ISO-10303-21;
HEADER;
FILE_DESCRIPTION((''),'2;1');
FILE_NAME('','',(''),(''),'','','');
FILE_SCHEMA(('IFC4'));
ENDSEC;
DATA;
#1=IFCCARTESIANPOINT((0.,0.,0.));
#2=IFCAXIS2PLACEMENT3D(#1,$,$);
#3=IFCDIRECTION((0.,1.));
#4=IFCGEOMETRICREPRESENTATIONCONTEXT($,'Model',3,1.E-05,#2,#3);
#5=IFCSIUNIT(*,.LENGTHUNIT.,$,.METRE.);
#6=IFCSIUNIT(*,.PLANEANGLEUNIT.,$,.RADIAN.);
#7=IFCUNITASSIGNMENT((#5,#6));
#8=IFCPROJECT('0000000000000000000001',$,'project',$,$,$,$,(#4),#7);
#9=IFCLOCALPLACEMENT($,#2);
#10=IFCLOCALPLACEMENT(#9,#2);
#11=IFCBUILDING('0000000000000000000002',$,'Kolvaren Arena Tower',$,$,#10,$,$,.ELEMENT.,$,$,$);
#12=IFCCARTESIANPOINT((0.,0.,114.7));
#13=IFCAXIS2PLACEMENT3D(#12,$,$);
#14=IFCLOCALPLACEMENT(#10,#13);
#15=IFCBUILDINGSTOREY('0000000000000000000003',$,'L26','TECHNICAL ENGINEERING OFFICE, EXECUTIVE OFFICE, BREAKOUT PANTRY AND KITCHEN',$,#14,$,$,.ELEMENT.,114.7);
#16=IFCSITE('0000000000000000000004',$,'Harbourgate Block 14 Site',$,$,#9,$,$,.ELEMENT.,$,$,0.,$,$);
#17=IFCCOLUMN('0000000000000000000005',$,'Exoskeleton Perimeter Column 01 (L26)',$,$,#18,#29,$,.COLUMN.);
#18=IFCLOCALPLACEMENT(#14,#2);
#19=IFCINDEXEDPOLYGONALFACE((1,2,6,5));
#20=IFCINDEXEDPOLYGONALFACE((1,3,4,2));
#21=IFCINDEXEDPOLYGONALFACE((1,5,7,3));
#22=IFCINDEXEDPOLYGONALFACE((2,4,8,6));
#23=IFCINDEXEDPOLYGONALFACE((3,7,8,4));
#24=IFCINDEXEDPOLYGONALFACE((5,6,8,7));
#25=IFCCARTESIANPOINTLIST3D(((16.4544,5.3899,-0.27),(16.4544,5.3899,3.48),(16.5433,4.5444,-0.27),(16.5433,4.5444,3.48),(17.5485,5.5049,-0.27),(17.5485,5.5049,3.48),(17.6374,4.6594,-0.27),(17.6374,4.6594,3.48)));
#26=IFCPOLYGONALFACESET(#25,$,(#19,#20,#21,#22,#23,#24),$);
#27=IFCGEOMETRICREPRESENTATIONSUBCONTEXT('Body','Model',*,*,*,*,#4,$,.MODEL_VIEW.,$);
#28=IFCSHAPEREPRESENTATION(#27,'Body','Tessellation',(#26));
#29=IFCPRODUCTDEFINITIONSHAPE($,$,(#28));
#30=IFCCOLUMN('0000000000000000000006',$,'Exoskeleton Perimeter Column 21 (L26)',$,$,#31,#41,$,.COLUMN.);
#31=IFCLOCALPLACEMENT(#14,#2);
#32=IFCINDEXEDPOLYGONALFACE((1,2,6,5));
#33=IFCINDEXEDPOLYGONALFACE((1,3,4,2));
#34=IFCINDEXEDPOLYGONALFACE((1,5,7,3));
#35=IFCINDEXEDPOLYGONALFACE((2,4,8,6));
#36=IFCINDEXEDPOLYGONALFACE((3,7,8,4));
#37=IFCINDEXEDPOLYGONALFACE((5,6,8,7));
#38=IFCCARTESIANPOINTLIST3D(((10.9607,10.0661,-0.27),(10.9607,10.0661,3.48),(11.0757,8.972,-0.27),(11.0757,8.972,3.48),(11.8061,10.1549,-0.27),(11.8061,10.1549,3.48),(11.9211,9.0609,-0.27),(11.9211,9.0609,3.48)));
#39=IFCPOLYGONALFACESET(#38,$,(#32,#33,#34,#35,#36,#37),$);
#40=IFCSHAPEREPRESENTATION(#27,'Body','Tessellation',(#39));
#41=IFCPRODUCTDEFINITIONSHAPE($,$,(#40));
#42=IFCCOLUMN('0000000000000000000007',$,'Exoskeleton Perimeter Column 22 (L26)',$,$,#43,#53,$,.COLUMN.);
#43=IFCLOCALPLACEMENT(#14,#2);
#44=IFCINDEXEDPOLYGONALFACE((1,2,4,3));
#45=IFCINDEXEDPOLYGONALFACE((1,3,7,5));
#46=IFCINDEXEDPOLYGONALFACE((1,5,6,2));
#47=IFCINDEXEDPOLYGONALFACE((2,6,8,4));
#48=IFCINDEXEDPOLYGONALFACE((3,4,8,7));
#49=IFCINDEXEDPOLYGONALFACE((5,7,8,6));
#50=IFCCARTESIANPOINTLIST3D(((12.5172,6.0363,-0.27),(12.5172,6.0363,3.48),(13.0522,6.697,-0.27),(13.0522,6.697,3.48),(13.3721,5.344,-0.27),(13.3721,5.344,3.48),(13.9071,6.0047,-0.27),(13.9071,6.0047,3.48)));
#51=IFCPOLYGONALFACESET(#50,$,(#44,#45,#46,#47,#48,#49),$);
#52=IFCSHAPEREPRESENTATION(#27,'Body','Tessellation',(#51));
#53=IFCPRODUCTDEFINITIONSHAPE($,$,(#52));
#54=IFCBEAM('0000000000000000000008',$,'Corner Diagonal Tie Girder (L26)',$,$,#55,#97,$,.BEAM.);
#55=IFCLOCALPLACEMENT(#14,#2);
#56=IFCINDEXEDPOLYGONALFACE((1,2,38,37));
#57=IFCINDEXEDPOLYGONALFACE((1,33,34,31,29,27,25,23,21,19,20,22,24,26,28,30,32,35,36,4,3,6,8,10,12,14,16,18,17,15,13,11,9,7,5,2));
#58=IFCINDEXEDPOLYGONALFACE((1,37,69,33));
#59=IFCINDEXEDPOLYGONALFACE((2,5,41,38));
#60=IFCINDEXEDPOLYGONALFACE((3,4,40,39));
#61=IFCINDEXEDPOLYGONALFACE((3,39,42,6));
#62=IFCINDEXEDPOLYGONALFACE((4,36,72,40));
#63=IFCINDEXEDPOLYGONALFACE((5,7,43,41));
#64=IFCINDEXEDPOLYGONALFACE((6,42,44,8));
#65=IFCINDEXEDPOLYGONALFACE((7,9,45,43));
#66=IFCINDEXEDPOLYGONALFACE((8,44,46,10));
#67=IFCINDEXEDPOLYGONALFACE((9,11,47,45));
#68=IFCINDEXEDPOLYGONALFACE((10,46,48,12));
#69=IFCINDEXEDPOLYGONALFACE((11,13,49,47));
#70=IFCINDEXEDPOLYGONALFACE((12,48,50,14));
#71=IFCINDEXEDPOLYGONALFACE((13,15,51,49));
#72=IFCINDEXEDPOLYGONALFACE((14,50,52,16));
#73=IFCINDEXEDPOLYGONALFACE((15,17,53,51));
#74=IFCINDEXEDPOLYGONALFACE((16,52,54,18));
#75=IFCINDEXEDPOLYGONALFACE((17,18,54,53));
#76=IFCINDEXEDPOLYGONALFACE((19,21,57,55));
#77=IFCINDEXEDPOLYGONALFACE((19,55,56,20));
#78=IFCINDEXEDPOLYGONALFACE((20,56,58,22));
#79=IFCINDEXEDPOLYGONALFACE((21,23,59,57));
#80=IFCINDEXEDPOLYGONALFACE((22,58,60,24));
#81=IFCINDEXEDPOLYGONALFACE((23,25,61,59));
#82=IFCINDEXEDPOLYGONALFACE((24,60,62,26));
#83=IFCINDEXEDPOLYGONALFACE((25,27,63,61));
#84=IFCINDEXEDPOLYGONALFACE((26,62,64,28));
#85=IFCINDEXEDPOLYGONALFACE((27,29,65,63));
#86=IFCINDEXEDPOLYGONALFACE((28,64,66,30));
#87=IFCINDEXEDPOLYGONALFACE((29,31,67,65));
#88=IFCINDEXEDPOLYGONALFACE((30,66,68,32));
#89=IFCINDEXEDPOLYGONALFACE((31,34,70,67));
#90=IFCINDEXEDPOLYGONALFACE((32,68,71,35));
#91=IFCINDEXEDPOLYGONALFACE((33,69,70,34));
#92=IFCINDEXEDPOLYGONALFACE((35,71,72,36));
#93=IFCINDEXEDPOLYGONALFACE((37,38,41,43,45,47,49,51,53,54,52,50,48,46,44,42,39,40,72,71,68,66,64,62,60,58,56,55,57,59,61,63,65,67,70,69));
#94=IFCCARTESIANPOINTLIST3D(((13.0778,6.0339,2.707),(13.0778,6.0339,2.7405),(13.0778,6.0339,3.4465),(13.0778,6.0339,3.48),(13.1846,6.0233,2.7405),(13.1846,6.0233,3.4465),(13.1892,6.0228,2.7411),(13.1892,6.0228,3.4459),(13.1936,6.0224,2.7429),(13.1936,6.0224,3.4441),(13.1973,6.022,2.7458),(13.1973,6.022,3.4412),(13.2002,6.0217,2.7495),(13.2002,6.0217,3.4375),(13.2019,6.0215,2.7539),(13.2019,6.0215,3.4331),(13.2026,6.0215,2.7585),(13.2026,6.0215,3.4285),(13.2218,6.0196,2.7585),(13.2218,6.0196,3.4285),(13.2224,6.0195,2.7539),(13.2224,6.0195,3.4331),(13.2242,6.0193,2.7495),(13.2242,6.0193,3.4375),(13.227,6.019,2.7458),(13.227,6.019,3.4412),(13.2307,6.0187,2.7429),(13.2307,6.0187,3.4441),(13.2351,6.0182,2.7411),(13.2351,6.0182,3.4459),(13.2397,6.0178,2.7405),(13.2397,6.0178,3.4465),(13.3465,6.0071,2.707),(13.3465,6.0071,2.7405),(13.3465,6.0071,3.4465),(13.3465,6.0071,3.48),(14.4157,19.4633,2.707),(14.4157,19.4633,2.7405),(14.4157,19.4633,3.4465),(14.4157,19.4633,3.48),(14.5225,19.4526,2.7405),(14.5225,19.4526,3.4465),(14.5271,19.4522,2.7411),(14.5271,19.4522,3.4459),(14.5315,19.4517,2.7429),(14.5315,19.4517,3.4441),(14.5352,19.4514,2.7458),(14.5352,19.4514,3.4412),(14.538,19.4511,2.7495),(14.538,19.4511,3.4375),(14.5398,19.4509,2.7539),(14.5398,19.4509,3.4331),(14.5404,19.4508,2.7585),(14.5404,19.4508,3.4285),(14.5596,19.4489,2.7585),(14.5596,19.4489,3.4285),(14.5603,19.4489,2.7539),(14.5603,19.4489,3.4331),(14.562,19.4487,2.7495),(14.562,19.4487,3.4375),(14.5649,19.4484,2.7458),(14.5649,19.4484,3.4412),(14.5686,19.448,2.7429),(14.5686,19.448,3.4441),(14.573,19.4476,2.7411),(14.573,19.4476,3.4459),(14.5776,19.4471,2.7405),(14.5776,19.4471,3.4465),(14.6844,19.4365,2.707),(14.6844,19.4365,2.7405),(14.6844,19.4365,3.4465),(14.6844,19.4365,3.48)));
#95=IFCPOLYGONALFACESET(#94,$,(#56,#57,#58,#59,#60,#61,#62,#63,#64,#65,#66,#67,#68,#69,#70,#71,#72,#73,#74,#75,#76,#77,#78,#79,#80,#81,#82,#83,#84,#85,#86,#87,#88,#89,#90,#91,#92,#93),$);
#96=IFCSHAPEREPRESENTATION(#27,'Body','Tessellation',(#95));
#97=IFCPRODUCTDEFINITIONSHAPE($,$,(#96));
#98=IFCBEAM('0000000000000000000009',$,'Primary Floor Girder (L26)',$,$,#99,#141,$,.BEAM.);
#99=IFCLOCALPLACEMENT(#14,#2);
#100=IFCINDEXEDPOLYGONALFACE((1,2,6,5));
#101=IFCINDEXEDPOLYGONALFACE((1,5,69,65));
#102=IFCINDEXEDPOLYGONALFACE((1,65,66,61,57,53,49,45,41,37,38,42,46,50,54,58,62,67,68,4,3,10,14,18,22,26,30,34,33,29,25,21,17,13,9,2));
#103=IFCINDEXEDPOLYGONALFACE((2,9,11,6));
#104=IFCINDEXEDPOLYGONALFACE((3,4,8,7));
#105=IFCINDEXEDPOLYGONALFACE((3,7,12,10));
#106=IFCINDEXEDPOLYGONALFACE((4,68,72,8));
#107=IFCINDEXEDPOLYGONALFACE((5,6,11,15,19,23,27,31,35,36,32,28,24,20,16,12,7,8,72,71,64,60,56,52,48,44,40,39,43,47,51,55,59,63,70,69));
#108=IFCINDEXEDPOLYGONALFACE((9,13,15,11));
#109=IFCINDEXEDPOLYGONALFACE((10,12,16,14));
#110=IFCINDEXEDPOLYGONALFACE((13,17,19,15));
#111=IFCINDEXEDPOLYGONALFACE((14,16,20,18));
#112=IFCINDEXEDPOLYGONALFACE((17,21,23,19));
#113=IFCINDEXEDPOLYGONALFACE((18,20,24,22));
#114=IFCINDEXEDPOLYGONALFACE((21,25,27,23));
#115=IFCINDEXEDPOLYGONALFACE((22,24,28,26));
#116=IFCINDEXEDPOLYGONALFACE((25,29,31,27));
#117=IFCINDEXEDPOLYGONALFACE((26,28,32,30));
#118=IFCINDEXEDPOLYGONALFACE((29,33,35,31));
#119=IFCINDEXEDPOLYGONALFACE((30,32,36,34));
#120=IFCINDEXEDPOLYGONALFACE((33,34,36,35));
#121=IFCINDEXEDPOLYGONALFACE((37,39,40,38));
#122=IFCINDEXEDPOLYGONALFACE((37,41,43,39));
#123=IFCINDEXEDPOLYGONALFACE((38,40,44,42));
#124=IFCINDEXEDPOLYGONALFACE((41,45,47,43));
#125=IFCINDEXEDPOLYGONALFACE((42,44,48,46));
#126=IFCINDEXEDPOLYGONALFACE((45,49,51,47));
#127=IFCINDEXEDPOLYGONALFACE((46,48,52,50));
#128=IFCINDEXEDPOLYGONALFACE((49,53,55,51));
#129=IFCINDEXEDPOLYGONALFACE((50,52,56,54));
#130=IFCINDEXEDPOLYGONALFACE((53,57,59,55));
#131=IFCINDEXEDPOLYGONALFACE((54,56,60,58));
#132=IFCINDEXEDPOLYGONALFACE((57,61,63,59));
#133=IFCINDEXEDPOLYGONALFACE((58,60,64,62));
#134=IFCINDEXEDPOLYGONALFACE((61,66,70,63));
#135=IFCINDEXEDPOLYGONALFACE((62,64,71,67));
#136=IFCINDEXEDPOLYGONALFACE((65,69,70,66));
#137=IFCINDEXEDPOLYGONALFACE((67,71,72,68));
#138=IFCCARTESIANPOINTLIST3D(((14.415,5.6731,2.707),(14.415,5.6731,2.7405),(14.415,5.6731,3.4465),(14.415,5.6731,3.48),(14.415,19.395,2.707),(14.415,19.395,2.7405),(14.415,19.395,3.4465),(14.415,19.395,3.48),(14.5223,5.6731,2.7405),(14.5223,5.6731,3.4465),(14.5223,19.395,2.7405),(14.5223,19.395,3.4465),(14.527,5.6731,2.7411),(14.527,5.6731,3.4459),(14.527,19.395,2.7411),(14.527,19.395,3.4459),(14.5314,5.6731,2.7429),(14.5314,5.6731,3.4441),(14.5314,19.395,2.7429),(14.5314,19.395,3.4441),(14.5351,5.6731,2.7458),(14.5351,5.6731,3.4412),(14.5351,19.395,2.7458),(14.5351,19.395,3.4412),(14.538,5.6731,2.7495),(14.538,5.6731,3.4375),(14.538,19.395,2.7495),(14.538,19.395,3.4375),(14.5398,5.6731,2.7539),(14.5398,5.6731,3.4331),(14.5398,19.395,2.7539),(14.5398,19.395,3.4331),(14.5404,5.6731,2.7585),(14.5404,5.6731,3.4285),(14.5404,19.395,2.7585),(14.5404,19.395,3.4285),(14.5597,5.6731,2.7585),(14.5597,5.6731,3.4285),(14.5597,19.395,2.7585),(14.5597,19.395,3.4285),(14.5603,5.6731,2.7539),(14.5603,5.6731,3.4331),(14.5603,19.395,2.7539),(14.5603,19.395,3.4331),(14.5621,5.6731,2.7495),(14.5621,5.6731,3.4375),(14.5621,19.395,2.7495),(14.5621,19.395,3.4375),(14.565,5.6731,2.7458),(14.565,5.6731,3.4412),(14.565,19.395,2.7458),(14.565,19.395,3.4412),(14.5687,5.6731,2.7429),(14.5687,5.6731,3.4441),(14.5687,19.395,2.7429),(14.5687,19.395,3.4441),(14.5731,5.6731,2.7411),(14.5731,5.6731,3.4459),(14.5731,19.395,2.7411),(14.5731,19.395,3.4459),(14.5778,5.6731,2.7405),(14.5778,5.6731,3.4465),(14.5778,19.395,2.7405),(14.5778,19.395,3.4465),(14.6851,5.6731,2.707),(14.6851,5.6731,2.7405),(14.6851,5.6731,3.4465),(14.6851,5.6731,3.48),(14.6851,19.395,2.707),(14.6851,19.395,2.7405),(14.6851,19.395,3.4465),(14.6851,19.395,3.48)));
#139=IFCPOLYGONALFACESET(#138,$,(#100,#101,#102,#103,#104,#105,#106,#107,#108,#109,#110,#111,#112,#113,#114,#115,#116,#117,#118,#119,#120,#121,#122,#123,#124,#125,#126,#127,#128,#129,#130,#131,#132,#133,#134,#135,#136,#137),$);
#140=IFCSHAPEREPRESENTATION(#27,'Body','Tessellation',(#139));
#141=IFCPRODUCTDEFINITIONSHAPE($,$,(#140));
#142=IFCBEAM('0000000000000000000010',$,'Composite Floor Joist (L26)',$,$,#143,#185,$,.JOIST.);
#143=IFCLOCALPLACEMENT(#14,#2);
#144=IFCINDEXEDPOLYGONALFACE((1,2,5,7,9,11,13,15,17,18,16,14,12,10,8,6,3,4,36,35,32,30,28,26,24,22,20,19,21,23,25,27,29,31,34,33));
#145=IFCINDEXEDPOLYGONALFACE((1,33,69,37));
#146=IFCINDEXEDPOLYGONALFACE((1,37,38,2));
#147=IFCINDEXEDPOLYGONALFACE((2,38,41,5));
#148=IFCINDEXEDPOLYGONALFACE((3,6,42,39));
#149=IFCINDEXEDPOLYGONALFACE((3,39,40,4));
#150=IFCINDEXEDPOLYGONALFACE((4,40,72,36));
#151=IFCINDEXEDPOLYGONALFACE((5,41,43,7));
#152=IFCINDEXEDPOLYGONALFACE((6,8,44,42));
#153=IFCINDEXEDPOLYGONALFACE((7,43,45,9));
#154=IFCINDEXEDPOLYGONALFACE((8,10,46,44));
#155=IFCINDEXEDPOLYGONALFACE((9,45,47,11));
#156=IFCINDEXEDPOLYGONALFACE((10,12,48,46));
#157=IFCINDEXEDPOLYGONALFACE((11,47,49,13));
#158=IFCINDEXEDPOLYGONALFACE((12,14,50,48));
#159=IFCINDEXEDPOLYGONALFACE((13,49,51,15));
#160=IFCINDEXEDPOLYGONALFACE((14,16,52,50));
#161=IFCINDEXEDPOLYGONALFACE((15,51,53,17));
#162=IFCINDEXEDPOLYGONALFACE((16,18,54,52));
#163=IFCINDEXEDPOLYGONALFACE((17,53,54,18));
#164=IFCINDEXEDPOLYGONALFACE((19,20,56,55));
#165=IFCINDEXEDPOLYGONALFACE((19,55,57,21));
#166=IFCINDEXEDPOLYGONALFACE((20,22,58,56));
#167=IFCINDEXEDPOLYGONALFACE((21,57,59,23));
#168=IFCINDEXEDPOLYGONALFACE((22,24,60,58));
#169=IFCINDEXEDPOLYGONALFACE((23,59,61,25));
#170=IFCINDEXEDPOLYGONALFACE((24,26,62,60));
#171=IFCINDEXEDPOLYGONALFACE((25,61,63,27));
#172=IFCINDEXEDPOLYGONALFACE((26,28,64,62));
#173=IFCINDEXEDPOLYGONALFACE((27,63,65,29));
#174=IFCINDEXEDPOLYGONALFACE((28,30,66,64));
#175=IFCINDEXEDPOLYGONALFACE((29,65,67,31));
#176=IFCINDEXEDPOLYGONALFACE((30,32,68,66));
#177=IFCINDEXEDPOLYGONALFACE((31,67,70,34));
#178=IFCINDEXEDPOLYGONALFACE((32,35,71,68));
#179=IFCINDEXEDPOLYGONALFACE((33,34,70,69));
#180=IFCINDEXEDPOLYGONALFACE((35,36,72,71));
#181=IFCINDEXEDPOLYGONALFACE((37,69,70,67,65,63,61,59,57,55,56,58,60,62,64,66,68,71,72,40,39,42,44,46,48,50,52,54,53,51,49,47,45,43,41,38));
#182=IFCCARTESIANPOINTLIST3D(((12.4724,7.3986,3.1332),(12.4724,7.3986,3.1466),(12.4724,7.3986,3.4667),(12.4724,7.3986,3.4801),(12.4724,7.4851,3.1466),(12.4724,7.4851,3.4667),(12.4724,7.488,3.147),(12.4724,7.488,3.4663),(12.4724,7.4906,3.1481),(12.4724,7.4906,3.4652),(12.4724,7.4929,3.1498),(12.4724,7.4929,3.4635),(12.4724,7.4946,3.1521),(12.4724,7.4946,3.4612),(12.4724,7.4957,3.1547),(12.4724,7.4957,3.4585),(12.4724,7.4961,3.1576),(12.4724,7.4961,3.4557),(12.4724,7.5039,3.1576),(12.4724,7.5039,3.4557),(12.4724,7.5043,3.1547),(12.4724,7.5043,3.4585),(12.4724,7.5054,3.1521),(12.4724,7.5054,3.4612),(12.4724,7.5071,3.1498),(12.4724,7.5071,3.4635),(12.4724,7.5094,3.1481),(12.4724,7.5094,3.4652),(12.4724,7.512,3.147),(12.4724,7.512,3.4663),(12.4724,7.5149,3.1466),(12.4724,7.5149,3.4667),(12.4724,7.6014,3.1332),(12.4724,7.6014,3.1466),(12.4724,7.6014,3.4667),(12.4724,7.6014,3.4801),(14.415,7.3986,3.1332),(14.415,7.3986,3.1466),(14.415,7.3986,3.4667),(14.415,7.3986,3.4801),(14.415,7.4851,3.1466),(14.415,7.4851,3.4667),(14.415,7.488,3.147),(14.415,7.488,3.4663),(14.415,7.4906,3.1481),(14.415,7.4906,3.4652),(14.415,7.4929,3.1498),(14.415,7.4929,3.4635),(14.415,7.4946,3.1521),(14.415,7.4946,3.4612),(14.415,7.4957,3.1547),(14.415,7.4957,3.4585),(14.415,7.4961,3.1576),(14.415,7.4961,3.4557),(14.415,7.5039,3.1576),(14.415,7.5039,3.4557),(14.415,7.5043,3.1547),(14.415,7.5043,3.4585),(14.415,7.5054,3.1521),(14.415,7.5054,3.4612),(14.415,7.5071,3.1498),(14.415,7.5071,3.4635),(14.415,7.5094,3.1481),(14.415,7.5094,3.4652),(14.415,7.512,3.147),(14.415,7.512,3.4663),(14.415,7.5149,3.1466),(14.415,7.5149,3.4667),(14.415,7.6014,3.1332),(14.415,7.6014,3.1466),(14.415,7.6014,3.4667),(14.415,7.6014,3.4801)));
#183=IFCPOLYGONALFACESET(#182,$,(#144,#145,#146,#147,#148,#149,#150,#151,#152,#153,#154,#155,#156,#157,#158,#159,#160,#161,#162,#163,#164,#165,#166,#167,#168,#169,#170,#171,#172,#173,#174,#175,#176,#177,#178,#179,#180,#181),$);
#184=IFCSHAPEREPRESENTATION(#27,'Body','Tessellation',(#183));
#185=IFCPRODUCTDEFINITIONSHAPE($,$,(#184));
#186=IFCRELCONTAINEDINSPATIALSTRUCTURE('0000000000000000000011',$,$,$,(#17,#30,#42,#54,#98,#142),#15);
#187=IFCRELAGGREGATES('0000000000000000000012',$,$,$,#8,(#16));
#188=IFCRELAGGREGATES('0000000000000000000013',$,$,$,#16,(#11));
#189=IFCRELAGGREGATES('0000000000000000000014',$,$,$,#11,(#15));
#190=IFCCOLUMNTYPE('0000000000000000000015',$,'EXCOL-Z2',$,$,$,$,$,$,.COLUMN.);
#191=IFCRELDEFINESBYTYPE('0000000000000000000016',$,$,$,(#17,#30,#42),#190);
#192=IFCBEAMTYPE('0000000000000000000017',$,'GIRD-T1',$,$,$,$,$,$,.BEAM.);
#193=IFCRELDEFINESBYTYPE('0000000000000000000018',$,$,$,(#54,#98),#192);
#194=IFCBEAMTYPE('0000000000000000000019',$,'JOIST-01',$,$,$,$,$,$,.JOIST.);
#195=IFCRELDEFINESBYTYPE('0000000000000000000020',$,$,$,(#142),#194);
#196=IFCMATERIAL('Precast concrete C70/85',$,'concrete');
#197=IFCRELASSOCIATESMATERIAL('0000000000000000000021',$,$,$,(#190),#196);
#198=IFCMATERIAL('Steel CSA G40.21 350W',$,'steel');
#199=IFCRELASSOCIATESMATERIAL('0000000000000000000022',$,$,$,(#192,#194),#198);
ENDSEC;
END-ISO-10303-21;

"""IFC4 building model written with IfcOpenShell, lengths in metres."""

from ifc_helpers import new_model, si_unit, direction, frame, origin, origin_2d, place, context, subcontext, project, spatial, rectangle, i_section, extrude, material, material_profile, profile_set, type_object, element, save


model = new_model("IFC4")

# Units and contexts
model_context = context("Model", 3, precision=1e-05, world=origin(), true_north=direction((0.0, 1.0)))
body_context = subcontext(model_context, "Body", "Model", "MODEL_VIEW")
ifc_project = project(units=[si_unit("LENGTHUNIT", "METRE"), si_unit("PLANEANGLEUNIT", "RADIAN")], contexts=[model_context])

# Site, building, storey
site_placement = place(None, origin())
site = spatial("IfcSite", under=ifc_project, at=site_placement, Name="Harbourgate Block 14 Site", CompositionType="ELEMENT", RefElevation=0.0)
building_placement = place(site_placement, origin())
building = spatial("IfcBuilding", under=site, at=building_placement, Name="Kolvaren Arena Tower", CompositionType="ELEMENT")
storey_placement = place(building_placement, frame((0.0, 0.0, 114.7)))
storey = spatial("IfcBuildingStorey", under=building, at=storey_placement, Name="L26", Description="TECHNICAL ENGINEERING OFFICE, EXECUTIVE OFFICE, BREAKOUT PANTRY AND KITCHEN", CompositionType="ELEMENT", Elevation=114.7)

# Columns
ifc_material_1 = material(Name="Precast concrete C70/85", Category="concrete")
ifc_material_profile_1 = material_profile(ifc_material_1, rectangle(XDim=1.1001, YDim=0.8501, at=origin_2d()), Name="RC-1100x850")
ifc_profile_set_1 = profile_set([ifc_material_profile_1], Name="Precast concrete C70/85")
column_type = type_object("IfcColumnType", Name="EXCOL-Z2", PredefinedType="COLUMN", material=ifc_profile_set_1)
for number, where, z_axis, x_axis, name in (
    (1, (17.0459, 5.0247, -0.27), (0.0, 0.0, 1.0), (0.994522, 0.104528, 0.0), "Exoskeleton Perimeter Column 01 (L26)"),
    (2, (11.4409, 9.5635, -0.27), (0.0, 0.0, 1.0), (-0.104528, 0.994522, 0.0), "Exoskeleton Perimeter Column 21 (L26)"),
    (3, (13.2122, 6.0205, -0.27), (0.0, 0.0, 1.0), (-0.777146, 0.62932, 0.0), "Exoskeleton Perimeter Column 22 (L26)"),
):
    element("IfcColumn", number, at=place(storey_placement, frame(where, z_axis=z_axis, x_axis=x_axis)), inside=storey, type_object=column_type, Name=name, PredefinedType="COLUMN", context=body_context, shape_type="SweptSolid", body=[
        extrude(rectangle(XDim=1.1001, YDim=0.8501, at=origin_2d()), origin(), (0.0, 0.0, 1.0), 3.75),
    ])

# Beams
ifc_material_2 = material(Name="Steel CSA G40.21 350W", Category="steel")
ifc_material_profile_2 = material_profile(ifc_material_2, i_section(OverallWidth=0.27, OverallDepth=0.7729, WebThickness=0.0193, FlangeThickness=0.0334, FilletRadius=0.0181, at=origin_2d()), Name="W760x257")
ifc_profile_set_2 = profile_set([ifc_material_profile_2], Name="Steel CSA G40.21 350W")
beam_type_1 = type_object("IfcBeamType", Name="GIRD-T1", PredefinedType="BEAM", material=ifc_profile_set_2)
beam_1_placement = place(storey_placement, frame((13.2122, 6.0205, 3.0935), z_axis=(0.099133, 0.995074, 0.0), x_axis=(-0.995074, 0.099133, 0.0)))
element("IfcBeam", 4, at=beam_1_placement, inside=storey, type_object=beam_type_1, Name="Corner Diagonal Tie Girder (L26)", PredefinedType="BEAM", context=body_context, shape_type="SweptSolid", body=[
    extrude(i_section(OverallWidth=0.27, OverallDepth=0.7729, WebThickness=0.0193, FlangeThickness=0.0334, FilletRadius=0.0181, at=origin_2d()), origin(), (0.0, 0.0, 1.0), 13.4958),
])
beam_2_placement = place(storey_placement, frame((14.55, 5.6731, 3.0935), z_axis=(0.0, 1.0, 0.0), x_axis=(-1.0, 0.0, 0.0)))
element("IfcBeam", 5, at=beam_2_placement, inside=storey, type_object=beam_type_1, Name="Primary Floor Girder (L26)", PredefinedType="BEAM", context=body_context, shape_type="SweptSolid", body=[
    extrude(i_section(OverallWidth=0.27, OverallDepth=0.7729, WebThickness=0.0193, FlangeThickness=0.0334, FilletRadius=0.0181, at=origin_2d()), origin(), (0.0, 0.0, 1.0), 13.7219),
])
ifc_material_profile_3 = material_profile(ifc_material_2, i_section(OverallWidth=0.2029, OverallDepth=0.3469, WebThickness=0.0078, FlangeThickness=0.0134, FilletRadius=0.011, at=origin_2d()), Name="W360x64")
ifc_profile_set_3 = profile_set([ifc_material_profile_3], Name="Steel CSA G40.21 350W")
beam_type_2 = type_object("IfcBeamType", Name="JOIST-01", PredefinedType="JOIST", material=ifc_profile_set_3)
beam_3_placement = place(storey_placement, frame((12.4724, 7.5, 3.3066), z_axis=(1.0, 0.0, 0.0), x_axis=(0.0, 1.0, 0.0)))
element("IfcBeam", 6, at=beam_3_placement, inside=storey, type_object=beam_type_2, Name="Composite Floor Joist (L26)", PredefinedType="JOIST", context=body_context, shape_type="SweptSolid", body=[
    extrude(i_section(OverallWidth=0.2029, OverallDepth=0.3469, WebThickness=0.0078, FlangeThickness=0.0134, FilletRadius=0.011, at=origin_2d()), origin(), (0.0, 0.0, 1.0), 1.9426),
])

save(model, "model.ifc")
